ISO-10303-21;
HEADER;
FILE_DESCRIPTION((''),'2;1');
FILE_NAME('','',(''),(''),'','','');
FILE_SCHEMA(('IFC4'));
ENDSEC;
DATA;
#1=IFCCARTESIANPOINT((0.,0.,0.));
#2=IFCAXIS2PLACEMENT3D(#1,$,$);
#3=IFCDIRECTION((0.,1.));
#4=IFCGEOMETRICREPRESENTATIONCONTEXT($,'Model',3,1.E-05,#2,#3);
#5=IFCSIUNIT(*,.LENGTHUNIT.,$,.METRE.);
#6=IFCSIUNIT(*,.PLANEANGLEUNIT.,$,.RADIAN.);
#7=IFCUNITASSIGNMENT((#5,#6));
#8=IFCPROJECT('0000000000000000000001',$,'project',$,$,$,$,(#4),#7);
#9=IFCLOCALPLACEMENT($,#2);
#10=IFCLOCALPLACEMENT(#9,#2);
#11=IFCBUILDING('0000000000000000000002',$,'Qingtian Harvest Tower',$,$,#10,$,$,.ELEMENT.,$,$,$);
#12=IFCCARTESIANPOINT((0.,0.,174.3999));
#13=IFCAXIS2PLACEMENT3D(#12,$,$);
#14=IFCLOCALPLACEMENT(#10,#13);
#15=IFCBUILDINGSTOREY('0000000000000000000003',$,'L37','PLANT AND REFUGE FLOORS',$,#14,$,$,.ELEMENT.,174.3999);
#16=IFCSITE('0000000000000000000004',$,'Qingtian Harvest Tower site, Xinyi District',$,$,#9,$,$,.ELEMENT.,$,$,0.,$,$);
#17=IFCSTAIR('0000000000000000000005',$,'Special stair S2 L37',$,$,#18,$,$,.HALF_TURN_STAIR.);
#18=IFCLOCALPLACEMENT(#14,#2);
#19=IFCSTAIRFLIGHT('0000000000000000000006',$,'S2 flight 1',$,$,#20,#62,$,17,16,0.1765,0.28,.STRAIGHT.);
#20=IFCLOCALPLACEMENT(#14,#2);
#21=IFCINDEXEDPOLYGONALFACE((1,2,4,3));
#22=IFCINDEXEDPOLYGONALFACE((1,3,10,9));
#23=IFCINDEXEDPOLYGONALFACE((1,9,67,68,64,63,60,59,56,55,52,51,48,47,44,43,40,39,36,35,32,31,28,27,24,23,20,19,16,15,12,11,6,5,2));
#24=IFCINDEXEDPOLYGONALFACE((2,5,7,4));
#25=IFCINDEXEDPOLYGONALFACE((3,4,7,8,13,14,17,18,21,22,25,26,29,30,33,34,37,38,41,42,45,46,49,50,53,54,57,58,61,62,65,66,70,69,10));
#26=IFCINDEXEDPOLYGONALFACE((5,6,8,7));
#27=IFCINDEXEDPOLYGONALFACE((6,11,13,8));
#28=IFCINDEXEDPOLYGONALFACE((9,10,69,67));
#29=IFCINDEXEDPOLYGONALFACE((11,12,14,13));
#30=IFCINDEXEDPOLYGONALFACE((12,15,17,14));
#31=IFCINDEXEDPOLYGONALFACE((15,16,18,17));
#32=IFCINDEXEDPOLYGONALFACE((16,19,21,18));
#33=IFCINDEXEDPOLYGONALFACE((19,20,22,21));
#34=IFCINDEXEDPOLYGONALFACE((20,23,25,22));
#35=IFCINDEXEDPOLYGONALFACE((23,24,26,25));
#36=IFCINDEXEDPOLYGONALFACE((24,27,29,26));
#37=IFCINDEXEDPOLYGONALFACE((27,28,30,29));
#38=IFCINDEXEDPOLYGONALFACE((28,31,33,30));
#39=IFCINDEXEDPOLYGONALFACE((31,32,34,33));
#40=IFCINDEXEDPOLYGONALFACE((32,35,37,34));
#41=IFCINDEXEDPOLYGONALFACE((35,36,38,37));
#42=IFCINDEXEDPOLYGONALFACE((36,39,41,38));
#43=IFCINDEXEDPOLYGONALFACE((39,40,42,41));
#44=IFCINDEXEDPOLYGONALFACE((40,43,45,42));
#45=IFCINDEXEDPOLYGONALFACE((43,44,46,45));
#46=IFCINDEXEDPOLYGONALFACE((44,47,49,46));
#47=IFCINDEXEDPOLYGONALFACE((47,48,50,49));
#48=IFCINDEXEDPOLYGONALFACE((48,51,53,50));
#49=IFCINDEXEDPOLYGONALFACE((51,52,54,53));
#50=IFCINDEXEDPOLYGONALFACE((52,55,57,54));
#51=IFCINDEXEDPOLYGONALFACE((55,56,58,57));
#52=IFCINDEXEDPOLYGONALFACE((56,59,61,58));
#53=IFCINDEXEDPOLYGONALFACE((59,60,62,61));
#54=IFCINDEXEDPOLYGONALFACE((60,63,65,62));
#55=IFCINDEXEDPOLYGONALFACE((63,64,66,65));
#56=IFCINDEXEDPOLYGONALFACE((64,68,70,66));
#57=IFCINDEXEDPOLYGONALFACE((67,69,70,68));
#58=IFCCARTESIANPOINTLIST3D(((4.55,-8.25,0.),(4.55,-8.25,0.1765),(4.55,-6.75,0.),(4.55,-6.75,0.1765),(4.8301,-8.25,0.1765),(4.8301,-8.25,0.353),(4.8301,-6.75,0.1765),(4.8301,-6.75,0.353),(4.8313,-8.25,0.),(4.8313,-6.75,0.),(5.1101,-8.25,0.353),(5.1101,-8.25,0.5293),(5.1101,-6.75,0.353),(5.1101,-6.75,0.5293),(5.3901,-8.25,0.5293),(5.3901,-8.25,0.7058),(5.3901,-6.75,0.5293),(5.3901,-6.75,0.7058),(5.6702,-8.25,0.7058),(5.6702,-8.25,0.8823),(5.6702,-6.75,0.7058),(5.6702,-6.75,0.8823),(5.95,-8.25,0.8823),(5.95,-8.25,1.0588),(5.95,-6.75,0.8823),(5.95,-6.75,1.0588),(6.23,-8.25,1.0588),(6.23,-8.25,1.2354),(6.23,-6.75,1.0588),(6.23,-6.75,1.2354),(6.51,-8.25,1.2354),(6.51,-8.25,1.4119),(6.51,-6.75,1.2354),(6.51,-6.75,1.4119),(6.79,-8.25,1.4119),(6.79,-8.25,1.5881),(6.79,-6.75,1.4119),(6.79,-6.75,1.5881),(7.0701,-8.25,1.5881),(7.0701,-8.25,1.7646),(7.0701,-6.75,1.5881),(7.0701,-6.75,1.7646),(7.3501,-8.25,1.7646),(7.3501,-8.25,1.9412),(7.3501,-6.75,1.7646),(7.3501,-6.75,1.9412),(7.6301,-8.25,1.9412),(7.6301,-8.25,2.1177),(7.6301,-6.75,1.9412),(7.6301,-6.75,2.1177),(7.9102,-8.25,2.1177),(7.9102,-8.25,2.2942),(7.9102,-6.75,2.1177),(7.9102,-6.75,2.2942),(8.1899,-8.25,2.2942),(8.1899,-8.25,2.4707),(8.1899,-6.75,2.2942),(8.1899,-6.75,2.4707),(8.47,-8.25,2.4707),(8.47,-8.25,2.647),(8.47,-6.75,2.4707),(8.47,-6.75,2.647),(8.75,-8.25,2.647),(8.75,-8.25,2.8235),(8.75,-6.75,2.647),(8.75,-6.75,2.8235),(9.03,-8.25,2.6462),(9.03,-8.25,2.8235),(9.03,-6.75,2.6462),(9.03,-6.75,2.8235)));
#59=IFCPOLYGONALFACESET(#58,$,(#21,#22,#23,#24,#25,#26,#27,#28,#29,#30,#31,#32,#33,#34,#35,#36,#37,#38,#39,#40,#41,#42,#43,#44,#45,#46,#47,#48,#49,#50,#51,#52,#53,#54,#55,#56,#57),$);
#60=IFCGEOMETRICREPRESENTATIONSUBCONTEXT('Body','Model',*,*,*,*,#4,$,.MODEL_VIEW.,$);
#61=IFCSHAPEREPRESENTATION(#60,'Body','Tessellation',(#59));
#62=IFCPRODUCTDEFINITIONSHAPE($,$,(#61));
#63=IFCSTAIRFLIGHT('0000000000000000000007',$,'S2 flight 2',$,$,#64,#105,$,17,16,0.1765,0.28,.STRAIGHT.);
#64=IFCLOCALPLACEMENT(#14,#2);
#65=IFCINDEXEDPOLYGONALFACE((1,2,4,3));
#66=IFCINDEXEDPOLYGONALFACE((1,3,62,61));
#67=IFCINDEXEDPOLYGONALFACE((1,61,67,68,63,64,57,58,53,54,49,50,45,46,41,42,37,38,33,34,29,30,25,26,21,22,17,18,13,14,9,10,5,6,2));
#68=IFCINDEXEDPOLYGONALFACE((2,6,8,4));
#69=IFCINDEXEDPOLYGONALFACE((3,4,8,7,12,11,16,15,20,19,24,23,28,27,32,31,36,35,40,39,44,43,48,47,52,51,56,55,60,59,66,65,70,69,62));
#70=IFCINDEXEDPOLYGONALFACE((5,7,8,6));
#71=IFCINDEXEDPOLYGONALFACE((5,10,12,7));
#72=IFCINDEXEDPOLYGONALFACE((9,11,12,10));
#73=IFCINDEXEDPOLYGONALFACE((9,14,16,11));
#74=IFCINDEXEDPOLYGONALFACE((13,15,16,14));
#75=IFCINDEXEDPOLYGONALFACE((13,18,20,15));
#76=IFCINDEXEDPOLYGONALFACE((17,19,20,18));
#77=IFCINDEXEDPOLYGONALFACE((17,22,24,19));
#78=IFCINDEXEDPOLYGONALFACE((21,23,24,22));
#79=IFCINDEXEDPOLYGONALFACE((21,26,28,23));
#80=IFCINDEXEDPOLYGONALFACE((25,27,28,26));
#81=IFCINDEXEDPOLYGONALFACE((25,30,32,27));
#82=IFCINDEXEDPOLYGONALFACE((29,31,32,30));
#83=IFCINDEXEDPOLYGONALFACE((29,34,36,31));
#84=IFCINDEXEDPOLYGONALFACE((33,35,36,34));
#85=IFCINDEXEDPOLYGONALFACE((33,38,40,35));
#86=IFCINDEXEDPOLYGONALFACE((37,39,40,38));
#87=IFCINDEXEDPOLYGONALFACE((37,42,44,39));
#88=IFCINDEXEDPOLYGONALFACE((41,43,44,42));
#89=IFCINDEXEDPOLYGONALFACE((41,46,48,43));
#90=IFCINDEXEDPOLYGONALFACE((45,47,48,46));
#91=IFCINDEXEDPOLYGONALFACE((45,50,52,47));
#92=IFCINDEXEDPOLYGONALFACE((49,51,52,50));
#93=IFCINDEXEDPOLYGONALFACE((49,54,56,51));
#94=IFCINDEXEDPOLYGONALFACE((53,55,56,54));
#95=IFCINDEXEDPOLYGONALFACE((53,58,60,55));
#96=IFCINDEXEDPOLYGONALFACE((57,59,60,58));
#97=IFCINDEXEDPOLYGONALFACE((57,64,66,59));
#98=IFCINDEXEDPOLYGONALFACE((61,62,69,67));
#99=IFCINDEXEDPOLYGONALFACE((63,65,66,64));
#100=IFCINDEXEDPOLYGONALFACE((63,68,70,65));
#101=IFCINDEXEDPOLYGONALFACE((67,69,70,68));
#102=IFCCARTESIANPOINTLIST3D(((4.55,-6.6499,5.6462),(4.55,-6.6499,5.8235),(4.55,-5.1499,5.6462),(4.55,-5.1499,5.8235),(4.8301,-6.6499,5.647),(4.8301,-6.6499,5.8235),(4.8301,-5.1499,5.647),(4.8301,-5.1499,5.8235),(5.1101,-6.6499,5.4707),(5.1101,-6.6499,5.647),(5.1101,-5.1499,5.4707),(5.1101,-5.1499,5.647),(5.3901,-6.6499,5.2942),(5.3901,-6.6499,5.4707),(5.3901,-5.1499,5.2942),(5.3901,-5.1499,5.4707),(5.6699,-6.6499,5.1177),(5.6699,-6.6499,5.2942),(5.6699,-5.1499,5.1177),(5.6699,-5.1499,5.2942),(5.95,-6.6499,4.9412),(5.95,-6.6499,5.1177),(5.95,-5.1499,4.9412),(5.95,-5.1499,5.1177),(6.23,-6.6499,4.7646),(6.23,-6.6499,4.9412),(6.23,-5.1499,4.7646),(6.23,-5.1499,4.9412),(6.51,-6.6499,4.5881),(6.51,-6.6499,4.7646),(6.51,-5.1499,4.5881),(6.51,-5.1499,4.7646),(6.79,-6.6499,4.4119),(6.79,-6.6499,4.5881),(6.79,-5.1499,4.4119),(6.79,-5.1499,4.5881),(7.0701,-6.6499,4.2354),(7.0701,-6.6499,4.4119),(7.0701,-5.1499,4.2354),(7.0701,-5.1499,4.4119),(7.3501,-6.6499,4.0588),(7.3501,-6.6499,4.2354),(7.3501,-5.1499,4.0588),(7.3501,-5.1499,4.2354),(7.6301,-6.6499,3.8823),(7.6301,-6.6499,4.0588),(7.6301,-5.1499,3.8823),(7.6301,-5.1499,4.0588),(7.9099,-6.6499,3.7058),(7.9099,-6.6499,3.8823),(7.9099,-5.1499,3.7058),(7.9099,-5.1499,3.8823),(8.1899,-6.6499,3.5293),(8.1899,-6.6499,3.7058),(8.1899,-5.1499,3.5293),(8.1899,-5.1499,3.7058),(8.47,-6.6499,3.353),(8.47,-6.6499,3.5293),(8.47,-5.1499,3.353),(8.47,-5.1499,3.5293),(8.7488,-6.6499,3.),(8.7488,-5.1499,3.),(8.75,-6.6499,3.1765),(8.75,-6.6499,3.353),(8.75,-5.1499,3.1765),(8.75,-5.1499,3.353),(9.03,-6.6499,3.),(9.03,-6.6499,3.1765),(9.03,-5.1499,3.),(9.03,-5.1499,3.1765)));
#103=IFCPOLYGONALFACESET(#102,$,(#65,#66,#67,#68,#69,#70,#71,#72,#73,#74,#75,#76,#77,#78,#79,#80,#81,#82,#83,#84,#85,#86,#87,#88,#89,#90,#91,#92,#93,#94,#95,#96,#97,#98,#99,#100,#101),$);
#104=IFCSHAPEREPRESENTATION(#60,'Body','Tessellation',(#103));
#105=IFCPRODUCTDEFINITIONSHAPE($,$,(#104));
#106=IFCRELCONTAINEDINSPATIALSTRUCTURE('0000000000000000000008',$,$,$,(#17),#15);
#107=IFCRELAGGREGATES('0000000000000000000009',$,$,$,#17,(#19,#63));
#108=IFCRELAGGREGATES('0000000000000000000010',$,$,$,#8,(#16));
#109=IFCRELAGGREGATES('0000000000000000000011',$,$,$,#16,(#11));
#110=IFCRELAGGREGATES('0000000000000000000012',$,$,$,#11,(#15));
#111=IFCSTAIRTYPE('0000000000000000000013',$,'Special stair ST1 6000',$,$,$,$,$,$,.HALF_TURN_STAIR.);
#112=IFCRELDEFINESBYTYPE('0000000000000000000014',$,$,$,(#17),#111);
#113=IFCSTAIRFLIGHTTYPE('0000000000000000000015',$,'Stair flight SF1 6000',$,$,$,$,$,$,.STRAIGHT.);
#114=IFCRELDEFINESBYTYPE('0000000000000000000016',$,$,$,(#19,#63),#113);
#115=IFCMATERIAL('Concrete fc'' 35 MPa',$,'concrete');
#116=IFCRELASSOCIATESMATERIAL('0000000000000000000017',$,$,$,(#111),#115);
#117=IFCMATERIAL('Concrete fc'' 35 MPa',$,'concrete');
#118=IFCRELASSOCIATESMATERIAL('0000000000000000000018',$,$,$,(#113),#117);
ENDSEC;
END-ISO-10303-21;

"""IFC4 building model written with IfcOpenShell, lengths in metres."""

from ifc_helpers import new_model, si_unit, direction, frame, origin, place, context, subcontext, project, spatial, polyline, outline, extrude, material, type_object, element, aggregate, save


model = new_model("IFC4")

# Units and contexts
model_context = context("Model", 3, precision=1e-05, world=origin(), true_north=direction((0.0, 1.0)))
body_context = subcontext(model_context, "Body", "Model", "MODEL_VIEW")
ifc_project = project(units=[si_unit("LENGTHUNIT", "METRE"), si_unit("PLANEANGLEUNIT", "RADIAN")], contexts=[model_context])

# Site, building, storey
site_placement = place(None, origin())
site = spatial("IfcSite", under=ifc_project, at=site_placement, Name="Qingtian Harvest Tower site, Xinyi District", CompositionType="ELEMENT", RefElevation=0.0)
building_placement = place(site_placement, origin())
building = spatial("IfcBuilding", under=site, at=building_placement, Name="Qingtian Harvest Tower", CompositionType="ELEMENT")
storey_placement = place(building_placement, frame((0.0, 0.0, 174.3999)))
storey = spatial("IfcBuildingStorey", under=building, at=storey_placement, Name="L37", Description="PLANT AND REFUGE FLOORS", CompositionType="ELEMENT", Elevation=174.3999)

# Stair, stair flights
ifc_material_1 = material(Name="Concrete fc' 35 MPa", Category="concrete")
stair_type = type_object("IfcStairType", Name="Special stair ST1 6000", PredefinedType="HALF_TURN_STAIR", material=ifc_material_1)
stair_placement = place(storey_placement, origin())
stair = element("IfcStair", 1, at=stair_placement, inside=storey, type_object=stair_type, Name="Special stair S2 L37", PredefinedType="HALF_TURN_STAIR")
ifc_material_2 = material(Name="Concrete fc' 35 MPa", Category="concrete")
stair_flight_type = type_object("IfcStairFlightType", Name="Stair flight SF1 6000", PredefinedType="STRAIGHT", material=ifc_material_2)
stair_flight_1_placement = place(storey_placement, frame((4.55, -7.5, 0.0), z_axis=(0.0, 0.0, 1.0), x_axis=(1.0, 0.0, 0.0)))
stair_flight_1 = element("IfcStairFlight", 2, at=stair_flight_1_placement, type_object=stair_flight_type, Name="S2 flight 1", NumberOfRisers=17, NumberOfTreads=16, PredefinedType="STRAIGHT", RiserHeight=0.1765, TreadLength=0.28, context=body_context, shape_type="SweptSolid", body=[
    extrude(outline(polyline([(0.0, 0.0), (0.0, 0.1765), (0.28, 0.1765), (0.28, 0.353), (0.5601, 0.353), (0.5601, 0.5293), (0.8401, 0.5293), (0.8401, 0.7058), (1.1201, 0.7058), (1.1201, 0.8823), (1.3999, 0.8823), (1.3999, 1.0588), (1.6799, 1.0588), (1.6799, 1.2354), (1.96, 1.2354), (1.96, 1.4119), (2.24, 1.4119), (2.24, 1.5881), (2.52, 1.5881), (2.52, 1.7646), (2.8, 1.7646), (2.8, 1.9412), (3.0801, 1.9412), (3.0801, 2.1177), (3.3601, 2.1177), (3.3601, 2.2942), (3.6399, 2.2942), (3.6399, 2.4707), (3.9199, 2.4707), (3.9199, 2.647), (4.2, 2.647), (4.2, 2.8235), (4.48, 2.8235), (4.48, 3.0), (4.48, 2.6462), (0.2812, 0.0), (0.0, 0.0)])), frame((0.0, 0.75, 0.0), z_axis=(0.0, -1.0, 0.0), x_axis=(1.0, 0.0, 0.0)), (0.0, 0.0, 1.0), 1.5),
])
stair_flight_2_placement = place(storey_placement, frame((9.03, -5.8999, 3.0), z_axis=(0.0, 0.0, 1.0), x_axis=(-1.0, 0.0, 0.0)))
stair_flight_2 = element("IfcStairFlight", 3, at=stair_flight_2_placement, type_object=stair_flight_type, Name="S2 flight 2", NumberOfRisers=17, NumberOfTreads=16, PredefinedType="STRAIGHT", RiserHeight=0.1765, TreadLength=0.28, context=body_context, shape_type="SweptSolid", body=[
    extrude(outline(polyline([(0.0, 0.0), (0.0, 0.1765), (0.28, 0.1765), (0.28, 0.353), (0.5601, 0.353), (0.5601, 0.5293), (0.8401, 0.5293), (0.8401, 0.7058), (1.1201, 0.7058), (1.1201, 0.8823), (1.3999, 0.8823), (1.3999, 1.0588), (1.6799, 1.0588), (1.6799, 1.2354), (1.96, 1.2354), (1.96, 1.4119), (2.24, 1.4119), (2.24, 1.5881), (2.52, 1.5881), (2.52, 1.7646), (2.8, 1.7646), (2.8, 1.9412), (3.0801, 1.9412), (3.0801, 2.1177), (3.3601, 2.1177), (3.3601, 2.2942), (3.6399, 2.2942), (3.6399, 2.4707), (3.9199, 2.4707), (3.9199, 2.647), (4.2, 2.647), (4.2, 2.8235), (4.48, 2.8235), (4.48, 3.0), (4.48, 2.6462), (0.2812, 0.0), (0.0, 0.0)])), frame((0.0, 0.75, 0.0), z_axis=(0.0, -1.0, 0.0), x_axis=(1.0, 0.0, 0.0)), (0.0, 0.0, 1.0), 1.5),
])
aggregate(stair, [stair_flight_1, stair_flight_2])

save(model, "model.ifc")
